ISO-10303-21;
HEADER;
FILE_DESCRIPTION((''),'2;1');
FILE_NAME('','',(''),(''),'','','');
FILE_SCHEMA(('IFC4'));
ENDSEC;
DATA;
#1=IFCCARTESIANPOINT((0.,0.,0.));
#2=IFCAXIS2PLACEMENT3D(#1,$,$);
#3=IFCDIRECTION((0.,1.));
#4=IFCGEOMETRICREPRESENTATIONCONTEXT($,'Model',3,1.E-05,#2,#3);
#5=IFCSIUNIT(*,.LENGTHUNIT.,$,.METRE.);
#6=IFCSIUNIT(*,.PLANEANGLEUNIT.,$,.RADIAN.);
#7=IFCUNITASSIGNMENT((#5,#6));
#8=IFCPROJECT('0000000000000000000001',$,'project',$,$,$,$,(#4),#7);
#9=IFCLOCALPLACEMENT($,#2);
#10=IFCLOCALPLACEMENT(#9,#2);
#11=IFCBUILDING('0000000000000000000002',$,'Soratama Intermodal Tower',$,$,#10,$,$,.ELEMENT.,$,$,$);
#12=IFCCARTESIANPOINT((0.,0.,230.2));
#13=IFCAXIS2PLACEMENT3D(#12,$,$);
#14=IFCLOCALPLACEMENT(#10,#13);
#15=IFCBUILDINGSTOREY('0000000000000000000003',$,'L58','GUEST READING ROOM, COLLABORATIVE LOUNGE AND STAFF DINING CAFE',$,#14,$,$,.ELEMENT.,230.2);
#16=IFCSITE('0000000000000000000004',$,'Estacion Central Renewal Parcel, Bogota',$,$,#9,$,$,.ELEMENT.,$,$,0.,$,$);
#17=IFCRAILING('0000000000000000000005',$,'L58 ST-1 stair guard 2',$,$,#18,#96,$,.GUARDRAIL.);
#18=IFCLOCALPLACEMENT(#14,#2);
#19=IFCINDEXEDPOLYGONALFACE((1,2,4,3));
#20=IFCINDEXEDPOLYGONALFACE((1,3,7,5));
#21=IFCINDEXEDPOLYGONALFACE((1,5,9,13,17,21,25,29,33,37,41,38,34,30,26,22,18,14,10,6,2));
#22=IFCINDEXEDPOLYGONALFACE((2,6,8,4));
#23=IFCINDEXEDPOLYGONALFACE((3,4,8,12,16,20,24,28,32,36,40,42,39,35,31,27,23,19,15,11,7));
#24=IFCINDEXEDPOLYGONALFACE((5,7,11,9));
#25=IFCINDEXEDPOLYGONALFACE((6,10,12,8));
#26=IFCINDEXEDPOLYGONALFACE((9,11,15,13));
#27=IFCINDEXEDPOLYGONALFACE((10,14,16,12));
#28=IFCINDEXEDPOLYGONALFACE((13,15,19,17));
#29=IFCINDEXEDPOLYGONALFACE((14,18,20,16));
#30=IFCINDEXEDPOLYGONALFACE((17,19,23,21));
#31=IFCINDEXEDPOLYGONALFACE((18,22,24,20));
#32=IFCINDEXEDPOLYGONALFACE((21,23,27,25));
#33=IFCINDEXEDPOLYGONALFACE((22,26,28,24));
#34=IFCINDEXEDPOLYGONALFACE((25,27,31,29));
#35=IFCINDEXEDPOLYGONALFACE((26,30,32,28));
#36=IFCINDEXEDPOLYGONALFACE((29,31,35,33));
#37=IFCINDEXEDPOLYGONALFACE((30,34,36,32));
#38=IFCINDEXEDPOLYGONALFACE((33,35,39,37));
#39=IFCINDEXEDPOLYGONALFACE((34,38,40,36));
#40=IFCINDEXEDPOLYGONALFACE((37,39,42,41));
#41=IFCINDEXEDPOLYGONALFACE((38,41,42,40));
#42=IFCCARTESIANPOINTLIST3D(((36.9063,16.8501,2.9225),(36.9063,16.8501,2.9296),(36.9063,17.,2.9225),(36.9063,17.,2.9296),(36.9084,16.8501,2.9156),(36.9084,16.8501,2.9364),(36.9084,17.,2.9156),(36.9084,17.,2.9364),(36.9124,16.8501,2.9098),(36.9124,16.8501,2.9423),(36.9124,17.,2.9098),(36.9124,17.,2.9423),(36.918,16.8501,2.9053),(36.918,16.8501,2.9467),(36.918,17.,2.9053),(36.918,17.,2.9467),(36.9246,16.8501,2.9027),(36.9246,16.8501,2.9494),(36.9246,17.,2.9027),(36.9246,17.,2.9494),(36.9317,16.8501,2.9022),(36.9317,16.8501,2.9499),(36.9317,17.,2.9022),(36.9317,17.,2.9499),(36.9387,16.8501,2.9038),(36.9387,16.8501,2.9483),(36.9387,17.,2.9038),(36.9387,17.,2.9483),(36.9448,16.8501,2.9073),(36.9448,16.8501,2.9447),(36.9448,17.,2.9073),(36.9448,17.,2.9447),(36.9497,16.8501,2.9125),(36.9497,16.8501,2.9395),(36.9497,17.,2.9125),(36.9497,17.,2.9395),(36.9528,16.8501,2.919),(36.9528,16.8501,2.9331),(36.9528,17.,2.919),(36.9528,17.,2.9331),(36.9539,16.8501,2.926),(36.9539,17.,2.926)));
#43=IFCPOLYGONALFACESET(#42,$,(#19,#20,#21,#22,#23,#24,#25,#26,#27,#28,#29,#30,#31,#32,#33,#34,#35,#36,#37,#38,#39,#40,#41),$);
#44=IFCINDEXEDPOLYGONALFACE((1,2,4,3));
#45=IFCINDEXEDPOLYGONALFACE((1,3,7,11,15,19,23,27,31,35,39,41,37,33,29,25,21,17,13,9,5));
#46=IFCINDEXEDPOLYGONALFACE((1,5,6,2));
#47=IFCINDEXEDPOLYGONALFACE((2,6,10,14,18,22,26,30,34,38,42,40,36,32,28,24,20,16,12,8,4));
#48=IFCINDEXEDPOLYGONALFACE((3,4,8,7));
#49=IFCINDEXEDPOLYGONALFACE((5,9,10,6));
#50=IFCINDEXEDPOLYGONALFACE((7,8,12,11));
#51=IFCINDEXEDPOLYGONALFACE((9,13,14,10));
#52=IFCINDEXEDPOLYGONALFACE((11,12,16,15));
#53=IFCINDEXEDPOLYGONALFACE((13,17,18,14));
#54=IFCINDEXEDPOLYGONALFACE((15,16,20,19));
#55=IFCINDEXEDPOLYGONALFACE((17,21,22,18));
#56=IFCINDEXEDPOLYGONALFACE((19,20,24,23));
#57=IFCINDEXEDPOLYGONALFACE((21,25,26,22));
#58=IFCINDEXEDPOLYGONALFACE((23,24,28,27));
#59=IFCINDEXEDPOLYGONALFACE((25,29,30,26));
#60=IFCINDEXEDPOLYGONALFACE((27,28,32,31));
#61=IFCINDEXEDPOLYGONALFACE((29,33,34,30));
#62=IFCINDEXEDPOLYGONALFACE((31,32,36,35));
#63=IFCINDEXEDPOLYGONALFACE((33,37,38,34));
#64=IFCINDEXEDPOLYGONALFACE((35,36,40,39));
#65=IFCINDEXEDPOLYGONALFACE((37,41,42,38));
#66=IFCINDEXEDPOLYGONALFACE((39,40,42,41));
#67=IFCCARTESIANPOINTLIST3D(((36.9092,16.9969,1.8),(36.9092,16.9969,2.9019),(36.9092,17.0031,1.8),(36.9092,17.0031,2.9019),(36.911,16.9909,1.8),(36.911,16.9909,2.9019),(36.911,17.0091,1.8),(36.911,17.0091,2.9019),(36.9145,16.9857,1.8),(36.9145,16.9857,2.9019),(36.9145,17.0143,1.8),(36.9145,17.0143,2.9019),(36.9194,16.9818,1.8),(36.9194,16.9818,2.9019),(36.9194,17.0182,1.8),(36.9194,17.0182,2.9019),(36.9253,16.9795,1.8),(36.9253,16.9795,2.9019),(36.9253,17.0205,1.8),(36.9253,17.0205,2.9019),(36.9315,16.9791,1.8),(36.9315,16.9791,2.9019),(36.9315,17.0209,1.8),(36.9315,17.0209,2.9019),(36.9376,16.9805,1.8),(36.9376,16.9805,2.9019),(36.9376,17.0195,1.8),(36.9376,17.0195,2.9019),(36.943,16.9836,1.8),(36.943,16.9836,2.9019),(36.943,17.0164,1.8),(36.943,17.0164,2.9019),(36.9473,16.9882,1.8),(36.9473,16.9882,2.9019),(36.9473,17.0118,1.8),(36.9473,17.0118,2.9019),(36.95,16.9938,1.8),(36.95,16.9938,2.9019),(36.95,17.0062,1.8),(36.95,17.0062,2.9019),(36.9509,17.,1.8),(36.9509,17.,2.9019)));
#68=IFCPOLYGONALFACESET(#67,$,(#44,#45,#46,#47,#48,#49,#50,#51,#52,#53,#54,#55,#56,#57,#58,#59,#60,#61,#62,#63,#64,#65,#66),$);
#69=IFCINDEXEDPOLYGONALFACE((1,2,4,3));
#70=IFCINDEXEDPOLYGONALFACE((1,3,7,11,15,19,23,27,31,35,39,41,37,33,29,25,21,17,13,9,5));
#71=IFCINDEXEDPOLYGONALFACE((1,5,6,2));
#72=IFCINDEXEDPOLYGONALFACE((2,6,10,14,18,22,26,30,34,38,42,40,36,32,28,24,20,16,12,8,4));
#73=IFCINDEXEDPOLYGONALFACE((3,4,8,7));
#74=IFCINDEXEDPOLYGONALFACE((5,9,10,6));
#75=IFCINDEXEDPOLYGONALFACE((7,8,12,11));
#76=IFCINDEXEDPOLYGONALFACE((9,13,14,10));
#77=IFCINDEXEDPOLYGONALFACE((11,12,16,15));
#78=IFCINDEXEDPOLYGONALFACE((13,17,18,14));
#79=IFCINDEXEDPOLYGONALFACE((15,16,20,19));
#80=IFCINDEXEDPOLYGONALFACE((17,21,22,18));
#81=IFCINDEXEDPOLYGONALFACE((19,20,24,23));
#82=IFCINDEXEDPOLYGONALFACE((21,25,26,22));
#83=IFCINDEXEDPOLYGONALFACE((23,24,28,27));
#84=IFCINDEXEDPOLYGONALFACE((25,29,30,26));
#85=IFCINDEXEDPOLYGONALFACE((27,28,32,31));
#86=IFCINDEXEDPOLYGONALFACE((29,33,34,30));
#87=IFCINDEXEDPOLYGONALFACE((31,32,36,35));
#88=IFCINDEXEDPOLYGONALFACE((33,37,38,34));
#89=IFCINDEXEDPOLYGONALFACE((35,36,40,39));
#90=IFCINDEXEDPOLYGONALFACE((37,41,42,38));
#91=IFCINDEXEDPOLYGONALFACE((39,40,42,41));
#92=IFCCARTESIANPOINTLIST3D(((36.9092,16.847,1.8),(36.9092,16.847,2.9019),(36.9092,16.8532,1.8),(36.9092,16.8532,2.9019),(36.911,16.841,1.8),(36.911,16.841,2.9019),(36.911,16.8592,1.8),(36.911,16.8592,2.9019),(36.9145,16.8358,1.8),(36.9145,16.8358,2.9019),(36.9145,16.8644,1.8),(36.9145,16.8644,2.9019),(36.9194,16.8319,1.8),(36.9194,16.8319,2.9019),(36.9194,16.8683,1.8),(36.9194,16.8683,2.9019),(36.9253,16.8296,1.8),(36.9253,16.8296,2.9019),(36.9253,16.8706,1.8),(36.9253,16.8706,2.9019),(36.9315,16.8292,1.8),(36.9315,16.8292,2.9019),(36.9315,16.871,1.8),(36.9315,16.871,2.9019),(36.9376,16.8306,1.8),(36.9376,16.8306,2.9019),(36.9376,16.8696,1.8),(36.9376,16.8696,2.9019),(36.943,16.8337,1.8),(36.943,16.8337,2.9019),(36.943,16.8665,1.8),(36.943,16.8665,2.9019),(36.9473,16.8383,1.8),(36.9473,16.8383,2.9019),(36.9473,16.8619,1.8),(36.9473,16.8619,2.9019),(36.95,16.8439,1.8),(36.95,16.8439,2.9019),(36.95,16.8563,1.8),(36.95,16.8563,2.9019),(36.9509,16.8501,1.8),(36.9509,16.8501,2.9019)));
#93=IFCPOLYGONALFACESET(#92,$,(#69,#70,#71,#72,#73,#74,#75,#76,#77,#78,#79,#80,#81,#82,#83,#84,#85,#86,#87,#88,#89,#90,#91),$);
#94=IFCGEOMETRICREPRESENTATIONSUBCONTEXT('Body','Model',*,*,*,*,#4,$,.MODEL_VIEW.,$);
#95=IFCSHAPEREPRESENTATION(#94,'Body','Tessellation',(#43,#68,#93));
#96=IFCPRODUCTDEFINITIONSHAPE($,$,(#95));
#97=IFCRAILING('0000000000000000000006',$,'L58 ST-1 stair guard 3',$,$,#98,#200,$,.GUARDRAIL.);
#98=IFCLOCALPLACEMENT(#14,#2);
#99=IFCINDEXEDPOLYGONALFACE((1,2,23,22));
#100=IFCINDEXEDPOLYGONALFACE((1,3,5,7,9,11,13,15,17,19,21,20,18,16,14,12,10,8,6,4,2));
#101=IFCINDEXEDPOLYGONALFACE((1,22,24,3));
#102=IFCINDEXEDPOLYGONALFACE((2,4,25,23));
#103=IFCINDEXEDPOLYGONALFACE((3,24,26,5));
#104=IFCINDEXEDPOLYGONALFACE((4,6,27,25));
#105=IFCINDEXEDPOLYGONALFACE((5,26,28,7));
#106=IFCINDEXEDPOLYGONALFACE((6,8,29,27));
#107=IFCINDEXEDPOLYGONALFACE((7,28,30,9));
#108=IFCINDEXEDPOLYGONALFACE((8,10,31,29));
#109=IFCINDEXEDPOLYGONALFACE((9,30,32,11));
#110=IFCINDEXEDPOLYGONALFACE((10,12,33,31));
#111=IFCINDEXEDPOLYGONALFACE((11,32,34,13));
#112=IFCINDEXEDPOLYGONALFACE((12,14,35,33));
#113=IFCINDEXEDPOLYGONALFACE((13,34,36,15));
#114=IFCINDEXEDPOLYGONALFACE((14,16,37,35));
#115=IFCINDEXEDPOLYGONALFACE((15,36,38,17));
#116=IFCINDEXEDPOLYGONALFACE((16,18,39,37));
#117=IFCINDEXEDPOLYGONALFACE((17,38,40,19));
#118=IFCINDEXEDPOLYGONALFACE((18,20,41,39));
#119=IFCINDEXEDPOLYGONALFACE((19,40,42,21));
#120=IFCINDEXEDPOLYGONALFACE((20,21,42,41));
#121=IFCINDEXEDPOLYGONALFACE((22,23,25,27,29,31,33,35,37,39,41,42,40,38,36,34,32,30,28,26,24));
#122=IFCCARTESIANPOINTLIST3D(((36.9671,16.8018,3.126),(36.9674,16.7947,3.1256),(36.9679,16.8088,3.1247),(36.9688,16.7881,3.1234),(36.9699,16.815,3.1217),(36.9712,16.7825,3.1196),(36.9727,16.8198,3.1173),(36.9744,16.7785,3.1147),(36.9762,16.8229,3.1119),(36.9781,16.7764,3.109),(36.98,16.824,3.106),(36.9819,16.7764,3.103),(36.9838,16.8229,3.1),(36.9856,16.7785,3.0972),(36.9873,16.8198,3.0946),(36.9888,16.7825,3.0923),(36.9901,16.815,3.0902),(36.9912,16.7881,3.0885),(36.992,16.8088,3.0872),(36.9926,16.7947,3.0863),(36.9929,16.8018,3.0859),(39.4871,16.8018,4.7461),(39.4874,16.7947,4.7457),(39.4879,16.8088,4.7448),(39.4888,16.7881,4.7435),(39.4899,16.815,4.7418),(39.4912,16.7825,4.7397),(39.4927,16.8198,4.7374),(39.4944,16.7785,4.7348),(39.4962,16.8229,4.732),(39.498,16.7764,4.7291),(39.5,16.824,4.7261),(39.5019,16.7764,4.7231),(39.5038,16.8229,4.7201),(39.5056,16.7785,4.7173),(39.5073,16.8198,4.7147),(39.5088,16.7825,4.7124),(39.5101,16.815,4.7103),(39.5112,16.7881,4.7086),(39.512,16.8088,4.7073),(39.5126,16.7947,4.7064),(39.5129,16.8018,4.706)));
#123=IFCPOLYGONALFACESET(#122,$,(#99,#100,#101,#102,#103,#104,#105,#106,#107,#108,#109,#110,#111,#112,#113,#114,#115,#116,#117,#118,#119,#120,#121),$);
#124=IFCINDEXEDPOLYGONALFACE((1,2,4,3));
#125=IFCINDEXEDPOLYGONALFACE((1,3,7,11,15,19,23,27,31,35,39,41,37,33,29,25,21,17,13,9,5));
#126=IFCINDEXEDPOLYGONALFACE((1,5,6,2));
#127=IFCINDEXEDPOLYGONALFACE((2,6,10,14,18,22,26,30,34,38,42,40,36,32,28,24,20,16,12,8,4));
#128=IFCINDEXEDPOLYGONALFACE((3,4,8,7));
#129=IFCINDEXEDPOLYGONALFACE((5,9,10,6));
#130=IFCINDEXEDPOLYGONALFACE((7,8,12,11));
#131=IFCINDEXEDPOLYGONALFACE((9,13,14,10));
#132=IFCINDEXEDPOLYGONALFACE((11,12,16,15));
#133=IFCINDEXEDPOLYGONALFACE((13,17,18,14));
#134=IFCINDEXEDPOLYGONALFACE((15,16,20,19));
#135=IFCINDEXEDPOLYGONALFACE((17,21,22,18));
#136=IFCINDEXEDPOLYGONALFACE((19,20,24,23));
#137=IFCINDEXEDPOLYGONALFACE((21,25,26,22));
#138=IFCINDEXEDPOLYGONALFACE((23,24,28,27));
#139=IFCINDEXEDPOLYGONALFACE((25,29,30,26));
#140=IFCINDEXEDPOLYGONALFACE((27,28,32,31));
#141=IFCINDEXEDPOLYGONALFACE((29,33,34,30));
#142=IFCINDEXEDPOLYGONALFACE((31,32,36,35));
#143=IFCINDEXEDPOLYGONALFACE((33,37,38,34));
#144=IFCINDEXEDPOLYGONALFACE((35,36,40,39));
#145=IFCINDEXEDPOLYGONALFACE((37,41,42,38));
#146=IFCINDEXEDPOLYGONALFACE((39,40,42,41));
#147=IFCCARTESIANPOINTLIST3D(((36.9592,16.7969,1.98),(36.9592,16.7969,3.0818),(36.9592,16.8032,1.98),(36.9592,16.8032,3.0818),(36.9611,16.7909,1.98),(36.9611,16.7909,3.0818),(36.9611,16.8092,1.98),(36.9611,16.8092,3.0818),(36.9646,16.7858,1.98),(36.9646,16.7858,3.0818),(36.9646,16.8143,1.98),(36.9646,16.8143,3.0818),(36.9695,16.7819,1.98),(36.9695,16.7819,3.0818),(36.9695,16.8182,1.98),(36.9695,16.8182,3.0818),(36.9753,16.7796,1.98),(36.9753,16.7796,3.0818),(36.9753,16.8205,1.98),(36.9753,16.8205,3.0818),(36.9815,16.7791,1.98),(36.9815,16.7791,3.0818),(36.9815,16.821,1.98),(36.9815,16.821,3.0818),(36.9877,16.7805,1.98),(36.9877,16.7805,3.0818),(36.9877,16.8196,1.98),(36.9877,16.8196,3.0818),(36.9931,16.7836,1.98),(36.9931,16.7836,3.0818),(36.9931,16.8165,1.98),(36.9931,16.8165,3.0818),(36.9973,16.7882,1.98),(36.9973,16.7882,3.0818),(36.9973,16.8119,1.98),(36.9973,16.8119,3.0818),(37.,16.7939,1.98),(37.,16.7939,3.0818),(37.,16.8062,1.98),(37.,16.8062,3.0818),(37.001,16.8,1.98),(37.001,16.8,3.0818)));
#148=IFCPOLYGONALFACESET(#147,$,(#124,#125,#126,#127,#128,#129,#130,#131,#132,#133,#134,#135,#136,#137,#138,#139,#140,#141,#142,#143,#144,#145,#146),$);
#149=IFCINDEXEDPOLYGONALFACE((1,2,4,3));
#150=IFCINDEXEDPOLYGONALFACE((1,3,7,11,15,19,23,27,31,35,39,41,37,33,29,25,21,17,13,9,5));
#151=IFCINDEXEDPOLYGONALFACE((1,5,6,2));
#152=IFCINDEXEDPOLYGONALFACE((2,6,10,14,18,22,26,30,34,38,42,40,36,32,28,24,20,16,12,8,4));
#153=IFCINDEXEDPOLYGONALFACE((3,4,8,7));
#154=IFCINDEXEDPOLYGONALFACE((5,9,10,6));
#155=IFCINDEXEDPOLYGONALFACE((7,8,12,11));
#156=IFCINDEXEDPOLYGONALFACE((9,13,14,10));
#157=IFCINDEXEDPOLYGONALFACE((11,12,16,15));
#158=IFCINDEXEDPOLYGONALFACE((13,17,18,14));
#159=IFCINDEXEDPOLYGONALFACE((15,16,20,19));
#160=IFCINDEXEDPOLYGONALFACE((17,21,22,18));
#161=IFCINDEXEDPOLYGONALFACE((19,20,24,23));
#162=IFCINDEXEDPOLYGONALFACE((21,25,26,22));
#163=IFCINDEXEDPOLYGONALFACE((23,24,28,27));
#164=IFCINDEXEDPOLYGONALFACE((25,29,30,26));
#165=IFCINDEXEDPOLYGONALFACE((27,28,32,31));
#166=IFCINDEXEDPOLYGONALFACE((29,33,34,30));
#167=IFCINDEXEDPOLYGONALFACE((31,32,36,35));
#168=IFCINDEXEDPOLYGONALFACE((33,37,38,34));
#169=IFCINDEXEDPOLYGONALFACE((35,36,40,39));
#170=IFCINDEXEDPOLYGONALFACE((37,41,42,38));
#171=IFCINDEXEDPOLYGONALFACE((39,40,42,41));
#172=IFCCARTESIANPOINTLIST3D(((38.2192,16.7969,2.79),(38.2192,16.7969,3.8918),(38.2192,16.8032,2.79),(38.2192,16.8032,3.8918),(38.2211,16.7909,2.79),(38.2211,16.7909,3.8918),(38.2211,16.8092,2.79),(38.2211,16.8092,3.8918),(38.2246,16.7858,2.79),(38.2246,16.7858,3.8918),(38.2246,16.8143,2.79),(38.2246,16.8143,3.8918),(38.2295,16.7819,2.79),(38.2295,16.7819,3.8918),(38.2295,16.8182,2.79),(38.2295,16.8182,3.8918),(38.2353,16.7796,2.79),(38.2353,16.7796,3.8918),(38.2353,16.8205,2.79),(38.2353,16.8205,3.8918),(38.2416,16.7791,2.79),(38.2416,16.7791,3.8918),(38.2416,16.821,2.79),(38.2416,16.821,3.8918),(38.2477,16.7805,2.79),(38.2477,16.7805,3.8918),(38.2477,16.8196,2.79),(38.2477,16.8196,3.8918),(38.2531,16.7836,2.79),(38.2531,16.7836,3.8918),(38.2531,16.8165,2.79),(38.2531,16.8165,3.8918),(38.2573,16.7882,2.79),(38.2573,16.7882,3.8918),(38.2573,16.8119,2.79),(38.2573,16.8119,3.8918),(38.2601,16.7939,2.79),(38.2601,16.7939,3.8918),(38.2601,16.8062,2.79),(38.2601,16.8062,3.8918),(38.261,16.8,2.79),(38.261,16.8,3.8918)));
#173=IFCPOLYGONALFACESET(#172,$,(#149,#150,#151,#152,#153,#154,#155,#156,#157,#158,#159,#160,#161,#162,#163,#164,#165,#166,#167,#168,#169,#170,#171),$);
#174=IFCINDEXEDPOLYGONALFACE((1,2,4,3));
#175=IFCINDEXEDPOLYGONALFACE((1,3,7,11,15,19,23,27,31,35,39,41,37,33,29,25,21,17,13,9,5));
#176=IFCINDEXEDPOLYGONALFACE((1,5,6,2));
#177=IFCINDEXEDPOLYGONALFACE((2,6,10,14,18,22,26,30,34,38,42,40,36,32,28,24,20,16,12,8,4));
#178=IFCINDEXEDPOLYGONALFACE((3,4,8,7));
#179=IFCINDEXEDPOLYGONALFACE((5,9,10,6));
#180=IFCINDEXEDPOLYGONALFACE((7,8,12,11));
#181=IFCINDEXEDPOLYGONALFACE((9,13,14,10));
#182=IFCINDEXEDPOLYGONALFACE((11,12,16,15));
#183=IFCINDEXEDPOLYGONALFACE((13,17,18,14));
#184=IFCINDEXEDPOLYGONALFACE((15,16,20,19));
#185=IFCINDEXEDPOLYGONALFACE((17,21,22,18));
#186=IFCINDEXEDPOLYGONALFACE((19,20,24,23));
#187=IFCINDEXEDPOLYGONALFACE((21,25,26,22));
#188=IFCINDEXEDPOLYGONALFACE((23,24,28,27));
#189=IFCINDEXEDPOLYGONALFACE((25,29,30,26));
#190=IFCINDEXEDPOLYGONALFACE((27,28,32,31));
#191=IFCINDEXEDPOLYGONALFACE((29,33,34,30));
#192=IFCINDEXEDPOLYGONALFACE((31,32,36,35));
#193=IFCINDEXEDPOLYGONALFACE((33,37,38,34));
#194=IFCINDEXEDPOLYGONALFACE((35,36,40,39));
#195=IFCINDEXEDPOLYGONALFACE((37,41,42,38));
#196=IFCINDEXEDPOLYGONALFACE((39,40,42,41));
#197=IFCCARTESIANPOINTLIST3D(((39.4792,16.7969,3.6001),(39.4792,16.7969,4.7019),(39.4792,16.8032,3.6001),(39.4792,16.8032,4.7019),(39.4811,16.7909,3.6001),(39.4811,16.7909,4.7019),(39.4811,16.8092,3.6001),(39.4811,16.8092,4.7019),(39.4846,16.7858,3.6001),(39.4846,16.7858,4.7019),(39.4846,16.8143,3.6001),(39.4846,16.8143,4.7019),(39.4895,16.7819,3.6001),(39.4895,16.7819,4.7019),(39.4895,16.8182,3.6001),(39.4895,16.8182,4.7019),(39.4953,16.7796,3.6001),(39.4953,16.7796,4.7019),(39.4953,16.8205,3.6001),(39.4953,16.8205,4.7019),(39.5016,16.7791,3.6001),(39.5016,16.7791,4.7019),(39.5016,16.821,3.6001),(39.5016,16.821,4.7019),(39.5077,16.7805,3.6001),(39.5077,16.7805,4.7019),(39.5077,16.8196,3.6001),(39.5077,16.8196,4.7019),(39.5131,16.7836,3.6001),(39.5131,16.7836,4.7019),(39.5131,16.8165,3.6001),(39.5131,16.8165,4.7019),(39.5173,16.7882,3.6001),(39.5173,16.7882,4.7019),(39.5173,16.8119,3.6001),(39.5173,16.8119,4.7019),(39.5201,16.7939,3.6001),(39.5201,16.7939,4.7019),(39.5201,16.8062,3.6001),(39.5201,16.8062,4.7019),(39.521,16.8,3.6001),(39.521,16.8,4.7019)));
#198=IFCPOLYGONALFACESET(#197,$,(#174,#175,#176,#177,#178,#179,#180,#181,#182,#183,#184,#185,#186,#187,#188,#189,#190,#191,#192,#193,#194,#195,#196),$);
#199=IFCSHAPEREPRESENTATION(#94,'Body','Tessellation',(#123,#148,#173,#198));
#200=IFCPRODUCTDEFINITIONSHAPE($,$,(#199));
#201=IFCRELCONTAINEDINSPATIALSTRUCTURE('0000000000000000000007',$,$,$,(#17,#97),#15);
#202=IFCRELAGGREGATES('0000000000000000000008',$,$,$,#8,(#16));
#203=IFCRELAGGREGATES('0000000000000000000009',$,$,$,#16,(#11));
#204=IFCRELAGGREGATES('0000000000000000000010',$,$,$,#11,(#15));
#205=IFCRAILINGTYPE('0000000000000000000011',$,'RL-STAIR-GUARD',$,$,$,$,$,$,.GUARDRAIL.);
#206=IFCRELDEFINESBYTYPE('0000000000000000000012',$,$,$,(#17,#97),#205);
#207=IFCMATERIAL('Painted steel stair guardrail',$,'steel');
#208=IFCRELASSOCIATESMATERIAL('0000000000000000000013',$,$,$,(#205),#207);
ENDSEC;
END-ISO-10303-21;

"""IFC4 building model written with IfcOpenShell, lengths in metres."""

from ifc_helpers import new_model, si_unit, direction, frame, origin, origin_2d, place, context, subcontext, project, spatial, circle, extrude, material, type_object, element, save


model = new_model("IFC4")

# Units and contexts
model_context = context("Model", 3, precision=1e-05, world=origin(), true_north=direction((0.0, 1.0)))
body_context = subcontext(model_context, "Body", "Model", "MODEL_VIEW")
ifc_project = project(units=[si_unit("LENGTHUNIT", "METRE"), si_unit("PLANEANGLEUNIT", "RADIAN")], contexts=[model_context])

# Site, building, storey
site_placement = place(None, origin())
site = spatial("IfcSite", under=ifc_project, at=site_placement, Name="Estacion Central Renewal Parcel, Bogota", CompositionType="ELEMENT", RefElevation=0.0)
building_placement = place(site_placement, origin())
building = spatial("IfcBuilding", under=site, at=building_placement, Name="Soratama Intermodal Tower", CompositionType="ELEMENT")
storey_placement = place(building_placement, frame((0.0, 0.0, 230.2)))
storey = spatial("IfcBuildingStorey", under=building, at=storey_placement, Name="L58", Description="GUEST READING ROOM, COLLABORATIVE LOUNGE AND STAFF DINING CAFE", CompositionType="ELEMENT", Elevation=230.2)

# Railings
ifc_material_1 = material(Name="Painted steel stair guardrail", Category="steel")
railing_type_1 = type_object("IfcRailingType", Name="RL-STAIR-GUARD", PredefinedType="GUARDRAIL", material=ifc_material_1)
railing_1_placement = place(storey_placement, frame((36.9299, 17.0, 1.8)))
element("IfcRailing", 1, at=railing_1_placement, inside=storey, type_object=railing_type_1, Name="L58 ST-1 stair guard 2", PredefinedType="GUARDRAIL", context=body_context, shape_type="SweptSolid", body=[
    extrude(circle(Radius=0.0239, at=origin_2d()), frame((0.0, 0.0, 1.126), z_axis=(0.0, -1.0, 0.0), x_axis=(1.0, 0.0, 0.0)), (0.0, 0.0, 1.0), 0.1499),
    extrude(circle(Radius=0.021, at=origin_2d()), origin(), (0.0, 0.0, 1.0), 1.1018),
    extrude(circle(Radius=0.021, at=origin_2d()), frame((0.0, -0.1499, 0.0)), (0.0, 0.0, 1.0), 1.1018),
])
railing_2_placement = place(storey_placement, frame((36.98, 16.8, 1.98)))
element("IfcRailing", 2, at=railing_2_placement, inside=storey, type_object=railing_type_1, Name="L58 ST-1 stair guard 3", PredefinedType="GUARDRAIL", context=body_context, shape_type="SweptSolid", body=[
    extrude(circle(Radius=0.0239, at=origin_2d()), frame((0.0, 0.0, 1.126), z_axis=(0.841163, 0.0, 0.540782), x_axis=(0.0, 1.0, 0.0)), (0.0, 0.0, 1.0), 2.9958),
    extrude(circle(Radius=0.021, at=origin_2d()), origin(), (0.0, 0.0, 1.0), 1.1018),
    extrude(circle(Radius=0.021, at=origin_2d()), frame((1.26, 0.0, 0.8101)), (0.0, 0.0, 1.0), 1.1018),
    extrude(circle(Radius=0.021, at=origin_2d()), frame((2.52, 0.0, 1.6201)), (0.0, 0.0, 1.0), 1.1018),
])

save(model, "model.ifc")
